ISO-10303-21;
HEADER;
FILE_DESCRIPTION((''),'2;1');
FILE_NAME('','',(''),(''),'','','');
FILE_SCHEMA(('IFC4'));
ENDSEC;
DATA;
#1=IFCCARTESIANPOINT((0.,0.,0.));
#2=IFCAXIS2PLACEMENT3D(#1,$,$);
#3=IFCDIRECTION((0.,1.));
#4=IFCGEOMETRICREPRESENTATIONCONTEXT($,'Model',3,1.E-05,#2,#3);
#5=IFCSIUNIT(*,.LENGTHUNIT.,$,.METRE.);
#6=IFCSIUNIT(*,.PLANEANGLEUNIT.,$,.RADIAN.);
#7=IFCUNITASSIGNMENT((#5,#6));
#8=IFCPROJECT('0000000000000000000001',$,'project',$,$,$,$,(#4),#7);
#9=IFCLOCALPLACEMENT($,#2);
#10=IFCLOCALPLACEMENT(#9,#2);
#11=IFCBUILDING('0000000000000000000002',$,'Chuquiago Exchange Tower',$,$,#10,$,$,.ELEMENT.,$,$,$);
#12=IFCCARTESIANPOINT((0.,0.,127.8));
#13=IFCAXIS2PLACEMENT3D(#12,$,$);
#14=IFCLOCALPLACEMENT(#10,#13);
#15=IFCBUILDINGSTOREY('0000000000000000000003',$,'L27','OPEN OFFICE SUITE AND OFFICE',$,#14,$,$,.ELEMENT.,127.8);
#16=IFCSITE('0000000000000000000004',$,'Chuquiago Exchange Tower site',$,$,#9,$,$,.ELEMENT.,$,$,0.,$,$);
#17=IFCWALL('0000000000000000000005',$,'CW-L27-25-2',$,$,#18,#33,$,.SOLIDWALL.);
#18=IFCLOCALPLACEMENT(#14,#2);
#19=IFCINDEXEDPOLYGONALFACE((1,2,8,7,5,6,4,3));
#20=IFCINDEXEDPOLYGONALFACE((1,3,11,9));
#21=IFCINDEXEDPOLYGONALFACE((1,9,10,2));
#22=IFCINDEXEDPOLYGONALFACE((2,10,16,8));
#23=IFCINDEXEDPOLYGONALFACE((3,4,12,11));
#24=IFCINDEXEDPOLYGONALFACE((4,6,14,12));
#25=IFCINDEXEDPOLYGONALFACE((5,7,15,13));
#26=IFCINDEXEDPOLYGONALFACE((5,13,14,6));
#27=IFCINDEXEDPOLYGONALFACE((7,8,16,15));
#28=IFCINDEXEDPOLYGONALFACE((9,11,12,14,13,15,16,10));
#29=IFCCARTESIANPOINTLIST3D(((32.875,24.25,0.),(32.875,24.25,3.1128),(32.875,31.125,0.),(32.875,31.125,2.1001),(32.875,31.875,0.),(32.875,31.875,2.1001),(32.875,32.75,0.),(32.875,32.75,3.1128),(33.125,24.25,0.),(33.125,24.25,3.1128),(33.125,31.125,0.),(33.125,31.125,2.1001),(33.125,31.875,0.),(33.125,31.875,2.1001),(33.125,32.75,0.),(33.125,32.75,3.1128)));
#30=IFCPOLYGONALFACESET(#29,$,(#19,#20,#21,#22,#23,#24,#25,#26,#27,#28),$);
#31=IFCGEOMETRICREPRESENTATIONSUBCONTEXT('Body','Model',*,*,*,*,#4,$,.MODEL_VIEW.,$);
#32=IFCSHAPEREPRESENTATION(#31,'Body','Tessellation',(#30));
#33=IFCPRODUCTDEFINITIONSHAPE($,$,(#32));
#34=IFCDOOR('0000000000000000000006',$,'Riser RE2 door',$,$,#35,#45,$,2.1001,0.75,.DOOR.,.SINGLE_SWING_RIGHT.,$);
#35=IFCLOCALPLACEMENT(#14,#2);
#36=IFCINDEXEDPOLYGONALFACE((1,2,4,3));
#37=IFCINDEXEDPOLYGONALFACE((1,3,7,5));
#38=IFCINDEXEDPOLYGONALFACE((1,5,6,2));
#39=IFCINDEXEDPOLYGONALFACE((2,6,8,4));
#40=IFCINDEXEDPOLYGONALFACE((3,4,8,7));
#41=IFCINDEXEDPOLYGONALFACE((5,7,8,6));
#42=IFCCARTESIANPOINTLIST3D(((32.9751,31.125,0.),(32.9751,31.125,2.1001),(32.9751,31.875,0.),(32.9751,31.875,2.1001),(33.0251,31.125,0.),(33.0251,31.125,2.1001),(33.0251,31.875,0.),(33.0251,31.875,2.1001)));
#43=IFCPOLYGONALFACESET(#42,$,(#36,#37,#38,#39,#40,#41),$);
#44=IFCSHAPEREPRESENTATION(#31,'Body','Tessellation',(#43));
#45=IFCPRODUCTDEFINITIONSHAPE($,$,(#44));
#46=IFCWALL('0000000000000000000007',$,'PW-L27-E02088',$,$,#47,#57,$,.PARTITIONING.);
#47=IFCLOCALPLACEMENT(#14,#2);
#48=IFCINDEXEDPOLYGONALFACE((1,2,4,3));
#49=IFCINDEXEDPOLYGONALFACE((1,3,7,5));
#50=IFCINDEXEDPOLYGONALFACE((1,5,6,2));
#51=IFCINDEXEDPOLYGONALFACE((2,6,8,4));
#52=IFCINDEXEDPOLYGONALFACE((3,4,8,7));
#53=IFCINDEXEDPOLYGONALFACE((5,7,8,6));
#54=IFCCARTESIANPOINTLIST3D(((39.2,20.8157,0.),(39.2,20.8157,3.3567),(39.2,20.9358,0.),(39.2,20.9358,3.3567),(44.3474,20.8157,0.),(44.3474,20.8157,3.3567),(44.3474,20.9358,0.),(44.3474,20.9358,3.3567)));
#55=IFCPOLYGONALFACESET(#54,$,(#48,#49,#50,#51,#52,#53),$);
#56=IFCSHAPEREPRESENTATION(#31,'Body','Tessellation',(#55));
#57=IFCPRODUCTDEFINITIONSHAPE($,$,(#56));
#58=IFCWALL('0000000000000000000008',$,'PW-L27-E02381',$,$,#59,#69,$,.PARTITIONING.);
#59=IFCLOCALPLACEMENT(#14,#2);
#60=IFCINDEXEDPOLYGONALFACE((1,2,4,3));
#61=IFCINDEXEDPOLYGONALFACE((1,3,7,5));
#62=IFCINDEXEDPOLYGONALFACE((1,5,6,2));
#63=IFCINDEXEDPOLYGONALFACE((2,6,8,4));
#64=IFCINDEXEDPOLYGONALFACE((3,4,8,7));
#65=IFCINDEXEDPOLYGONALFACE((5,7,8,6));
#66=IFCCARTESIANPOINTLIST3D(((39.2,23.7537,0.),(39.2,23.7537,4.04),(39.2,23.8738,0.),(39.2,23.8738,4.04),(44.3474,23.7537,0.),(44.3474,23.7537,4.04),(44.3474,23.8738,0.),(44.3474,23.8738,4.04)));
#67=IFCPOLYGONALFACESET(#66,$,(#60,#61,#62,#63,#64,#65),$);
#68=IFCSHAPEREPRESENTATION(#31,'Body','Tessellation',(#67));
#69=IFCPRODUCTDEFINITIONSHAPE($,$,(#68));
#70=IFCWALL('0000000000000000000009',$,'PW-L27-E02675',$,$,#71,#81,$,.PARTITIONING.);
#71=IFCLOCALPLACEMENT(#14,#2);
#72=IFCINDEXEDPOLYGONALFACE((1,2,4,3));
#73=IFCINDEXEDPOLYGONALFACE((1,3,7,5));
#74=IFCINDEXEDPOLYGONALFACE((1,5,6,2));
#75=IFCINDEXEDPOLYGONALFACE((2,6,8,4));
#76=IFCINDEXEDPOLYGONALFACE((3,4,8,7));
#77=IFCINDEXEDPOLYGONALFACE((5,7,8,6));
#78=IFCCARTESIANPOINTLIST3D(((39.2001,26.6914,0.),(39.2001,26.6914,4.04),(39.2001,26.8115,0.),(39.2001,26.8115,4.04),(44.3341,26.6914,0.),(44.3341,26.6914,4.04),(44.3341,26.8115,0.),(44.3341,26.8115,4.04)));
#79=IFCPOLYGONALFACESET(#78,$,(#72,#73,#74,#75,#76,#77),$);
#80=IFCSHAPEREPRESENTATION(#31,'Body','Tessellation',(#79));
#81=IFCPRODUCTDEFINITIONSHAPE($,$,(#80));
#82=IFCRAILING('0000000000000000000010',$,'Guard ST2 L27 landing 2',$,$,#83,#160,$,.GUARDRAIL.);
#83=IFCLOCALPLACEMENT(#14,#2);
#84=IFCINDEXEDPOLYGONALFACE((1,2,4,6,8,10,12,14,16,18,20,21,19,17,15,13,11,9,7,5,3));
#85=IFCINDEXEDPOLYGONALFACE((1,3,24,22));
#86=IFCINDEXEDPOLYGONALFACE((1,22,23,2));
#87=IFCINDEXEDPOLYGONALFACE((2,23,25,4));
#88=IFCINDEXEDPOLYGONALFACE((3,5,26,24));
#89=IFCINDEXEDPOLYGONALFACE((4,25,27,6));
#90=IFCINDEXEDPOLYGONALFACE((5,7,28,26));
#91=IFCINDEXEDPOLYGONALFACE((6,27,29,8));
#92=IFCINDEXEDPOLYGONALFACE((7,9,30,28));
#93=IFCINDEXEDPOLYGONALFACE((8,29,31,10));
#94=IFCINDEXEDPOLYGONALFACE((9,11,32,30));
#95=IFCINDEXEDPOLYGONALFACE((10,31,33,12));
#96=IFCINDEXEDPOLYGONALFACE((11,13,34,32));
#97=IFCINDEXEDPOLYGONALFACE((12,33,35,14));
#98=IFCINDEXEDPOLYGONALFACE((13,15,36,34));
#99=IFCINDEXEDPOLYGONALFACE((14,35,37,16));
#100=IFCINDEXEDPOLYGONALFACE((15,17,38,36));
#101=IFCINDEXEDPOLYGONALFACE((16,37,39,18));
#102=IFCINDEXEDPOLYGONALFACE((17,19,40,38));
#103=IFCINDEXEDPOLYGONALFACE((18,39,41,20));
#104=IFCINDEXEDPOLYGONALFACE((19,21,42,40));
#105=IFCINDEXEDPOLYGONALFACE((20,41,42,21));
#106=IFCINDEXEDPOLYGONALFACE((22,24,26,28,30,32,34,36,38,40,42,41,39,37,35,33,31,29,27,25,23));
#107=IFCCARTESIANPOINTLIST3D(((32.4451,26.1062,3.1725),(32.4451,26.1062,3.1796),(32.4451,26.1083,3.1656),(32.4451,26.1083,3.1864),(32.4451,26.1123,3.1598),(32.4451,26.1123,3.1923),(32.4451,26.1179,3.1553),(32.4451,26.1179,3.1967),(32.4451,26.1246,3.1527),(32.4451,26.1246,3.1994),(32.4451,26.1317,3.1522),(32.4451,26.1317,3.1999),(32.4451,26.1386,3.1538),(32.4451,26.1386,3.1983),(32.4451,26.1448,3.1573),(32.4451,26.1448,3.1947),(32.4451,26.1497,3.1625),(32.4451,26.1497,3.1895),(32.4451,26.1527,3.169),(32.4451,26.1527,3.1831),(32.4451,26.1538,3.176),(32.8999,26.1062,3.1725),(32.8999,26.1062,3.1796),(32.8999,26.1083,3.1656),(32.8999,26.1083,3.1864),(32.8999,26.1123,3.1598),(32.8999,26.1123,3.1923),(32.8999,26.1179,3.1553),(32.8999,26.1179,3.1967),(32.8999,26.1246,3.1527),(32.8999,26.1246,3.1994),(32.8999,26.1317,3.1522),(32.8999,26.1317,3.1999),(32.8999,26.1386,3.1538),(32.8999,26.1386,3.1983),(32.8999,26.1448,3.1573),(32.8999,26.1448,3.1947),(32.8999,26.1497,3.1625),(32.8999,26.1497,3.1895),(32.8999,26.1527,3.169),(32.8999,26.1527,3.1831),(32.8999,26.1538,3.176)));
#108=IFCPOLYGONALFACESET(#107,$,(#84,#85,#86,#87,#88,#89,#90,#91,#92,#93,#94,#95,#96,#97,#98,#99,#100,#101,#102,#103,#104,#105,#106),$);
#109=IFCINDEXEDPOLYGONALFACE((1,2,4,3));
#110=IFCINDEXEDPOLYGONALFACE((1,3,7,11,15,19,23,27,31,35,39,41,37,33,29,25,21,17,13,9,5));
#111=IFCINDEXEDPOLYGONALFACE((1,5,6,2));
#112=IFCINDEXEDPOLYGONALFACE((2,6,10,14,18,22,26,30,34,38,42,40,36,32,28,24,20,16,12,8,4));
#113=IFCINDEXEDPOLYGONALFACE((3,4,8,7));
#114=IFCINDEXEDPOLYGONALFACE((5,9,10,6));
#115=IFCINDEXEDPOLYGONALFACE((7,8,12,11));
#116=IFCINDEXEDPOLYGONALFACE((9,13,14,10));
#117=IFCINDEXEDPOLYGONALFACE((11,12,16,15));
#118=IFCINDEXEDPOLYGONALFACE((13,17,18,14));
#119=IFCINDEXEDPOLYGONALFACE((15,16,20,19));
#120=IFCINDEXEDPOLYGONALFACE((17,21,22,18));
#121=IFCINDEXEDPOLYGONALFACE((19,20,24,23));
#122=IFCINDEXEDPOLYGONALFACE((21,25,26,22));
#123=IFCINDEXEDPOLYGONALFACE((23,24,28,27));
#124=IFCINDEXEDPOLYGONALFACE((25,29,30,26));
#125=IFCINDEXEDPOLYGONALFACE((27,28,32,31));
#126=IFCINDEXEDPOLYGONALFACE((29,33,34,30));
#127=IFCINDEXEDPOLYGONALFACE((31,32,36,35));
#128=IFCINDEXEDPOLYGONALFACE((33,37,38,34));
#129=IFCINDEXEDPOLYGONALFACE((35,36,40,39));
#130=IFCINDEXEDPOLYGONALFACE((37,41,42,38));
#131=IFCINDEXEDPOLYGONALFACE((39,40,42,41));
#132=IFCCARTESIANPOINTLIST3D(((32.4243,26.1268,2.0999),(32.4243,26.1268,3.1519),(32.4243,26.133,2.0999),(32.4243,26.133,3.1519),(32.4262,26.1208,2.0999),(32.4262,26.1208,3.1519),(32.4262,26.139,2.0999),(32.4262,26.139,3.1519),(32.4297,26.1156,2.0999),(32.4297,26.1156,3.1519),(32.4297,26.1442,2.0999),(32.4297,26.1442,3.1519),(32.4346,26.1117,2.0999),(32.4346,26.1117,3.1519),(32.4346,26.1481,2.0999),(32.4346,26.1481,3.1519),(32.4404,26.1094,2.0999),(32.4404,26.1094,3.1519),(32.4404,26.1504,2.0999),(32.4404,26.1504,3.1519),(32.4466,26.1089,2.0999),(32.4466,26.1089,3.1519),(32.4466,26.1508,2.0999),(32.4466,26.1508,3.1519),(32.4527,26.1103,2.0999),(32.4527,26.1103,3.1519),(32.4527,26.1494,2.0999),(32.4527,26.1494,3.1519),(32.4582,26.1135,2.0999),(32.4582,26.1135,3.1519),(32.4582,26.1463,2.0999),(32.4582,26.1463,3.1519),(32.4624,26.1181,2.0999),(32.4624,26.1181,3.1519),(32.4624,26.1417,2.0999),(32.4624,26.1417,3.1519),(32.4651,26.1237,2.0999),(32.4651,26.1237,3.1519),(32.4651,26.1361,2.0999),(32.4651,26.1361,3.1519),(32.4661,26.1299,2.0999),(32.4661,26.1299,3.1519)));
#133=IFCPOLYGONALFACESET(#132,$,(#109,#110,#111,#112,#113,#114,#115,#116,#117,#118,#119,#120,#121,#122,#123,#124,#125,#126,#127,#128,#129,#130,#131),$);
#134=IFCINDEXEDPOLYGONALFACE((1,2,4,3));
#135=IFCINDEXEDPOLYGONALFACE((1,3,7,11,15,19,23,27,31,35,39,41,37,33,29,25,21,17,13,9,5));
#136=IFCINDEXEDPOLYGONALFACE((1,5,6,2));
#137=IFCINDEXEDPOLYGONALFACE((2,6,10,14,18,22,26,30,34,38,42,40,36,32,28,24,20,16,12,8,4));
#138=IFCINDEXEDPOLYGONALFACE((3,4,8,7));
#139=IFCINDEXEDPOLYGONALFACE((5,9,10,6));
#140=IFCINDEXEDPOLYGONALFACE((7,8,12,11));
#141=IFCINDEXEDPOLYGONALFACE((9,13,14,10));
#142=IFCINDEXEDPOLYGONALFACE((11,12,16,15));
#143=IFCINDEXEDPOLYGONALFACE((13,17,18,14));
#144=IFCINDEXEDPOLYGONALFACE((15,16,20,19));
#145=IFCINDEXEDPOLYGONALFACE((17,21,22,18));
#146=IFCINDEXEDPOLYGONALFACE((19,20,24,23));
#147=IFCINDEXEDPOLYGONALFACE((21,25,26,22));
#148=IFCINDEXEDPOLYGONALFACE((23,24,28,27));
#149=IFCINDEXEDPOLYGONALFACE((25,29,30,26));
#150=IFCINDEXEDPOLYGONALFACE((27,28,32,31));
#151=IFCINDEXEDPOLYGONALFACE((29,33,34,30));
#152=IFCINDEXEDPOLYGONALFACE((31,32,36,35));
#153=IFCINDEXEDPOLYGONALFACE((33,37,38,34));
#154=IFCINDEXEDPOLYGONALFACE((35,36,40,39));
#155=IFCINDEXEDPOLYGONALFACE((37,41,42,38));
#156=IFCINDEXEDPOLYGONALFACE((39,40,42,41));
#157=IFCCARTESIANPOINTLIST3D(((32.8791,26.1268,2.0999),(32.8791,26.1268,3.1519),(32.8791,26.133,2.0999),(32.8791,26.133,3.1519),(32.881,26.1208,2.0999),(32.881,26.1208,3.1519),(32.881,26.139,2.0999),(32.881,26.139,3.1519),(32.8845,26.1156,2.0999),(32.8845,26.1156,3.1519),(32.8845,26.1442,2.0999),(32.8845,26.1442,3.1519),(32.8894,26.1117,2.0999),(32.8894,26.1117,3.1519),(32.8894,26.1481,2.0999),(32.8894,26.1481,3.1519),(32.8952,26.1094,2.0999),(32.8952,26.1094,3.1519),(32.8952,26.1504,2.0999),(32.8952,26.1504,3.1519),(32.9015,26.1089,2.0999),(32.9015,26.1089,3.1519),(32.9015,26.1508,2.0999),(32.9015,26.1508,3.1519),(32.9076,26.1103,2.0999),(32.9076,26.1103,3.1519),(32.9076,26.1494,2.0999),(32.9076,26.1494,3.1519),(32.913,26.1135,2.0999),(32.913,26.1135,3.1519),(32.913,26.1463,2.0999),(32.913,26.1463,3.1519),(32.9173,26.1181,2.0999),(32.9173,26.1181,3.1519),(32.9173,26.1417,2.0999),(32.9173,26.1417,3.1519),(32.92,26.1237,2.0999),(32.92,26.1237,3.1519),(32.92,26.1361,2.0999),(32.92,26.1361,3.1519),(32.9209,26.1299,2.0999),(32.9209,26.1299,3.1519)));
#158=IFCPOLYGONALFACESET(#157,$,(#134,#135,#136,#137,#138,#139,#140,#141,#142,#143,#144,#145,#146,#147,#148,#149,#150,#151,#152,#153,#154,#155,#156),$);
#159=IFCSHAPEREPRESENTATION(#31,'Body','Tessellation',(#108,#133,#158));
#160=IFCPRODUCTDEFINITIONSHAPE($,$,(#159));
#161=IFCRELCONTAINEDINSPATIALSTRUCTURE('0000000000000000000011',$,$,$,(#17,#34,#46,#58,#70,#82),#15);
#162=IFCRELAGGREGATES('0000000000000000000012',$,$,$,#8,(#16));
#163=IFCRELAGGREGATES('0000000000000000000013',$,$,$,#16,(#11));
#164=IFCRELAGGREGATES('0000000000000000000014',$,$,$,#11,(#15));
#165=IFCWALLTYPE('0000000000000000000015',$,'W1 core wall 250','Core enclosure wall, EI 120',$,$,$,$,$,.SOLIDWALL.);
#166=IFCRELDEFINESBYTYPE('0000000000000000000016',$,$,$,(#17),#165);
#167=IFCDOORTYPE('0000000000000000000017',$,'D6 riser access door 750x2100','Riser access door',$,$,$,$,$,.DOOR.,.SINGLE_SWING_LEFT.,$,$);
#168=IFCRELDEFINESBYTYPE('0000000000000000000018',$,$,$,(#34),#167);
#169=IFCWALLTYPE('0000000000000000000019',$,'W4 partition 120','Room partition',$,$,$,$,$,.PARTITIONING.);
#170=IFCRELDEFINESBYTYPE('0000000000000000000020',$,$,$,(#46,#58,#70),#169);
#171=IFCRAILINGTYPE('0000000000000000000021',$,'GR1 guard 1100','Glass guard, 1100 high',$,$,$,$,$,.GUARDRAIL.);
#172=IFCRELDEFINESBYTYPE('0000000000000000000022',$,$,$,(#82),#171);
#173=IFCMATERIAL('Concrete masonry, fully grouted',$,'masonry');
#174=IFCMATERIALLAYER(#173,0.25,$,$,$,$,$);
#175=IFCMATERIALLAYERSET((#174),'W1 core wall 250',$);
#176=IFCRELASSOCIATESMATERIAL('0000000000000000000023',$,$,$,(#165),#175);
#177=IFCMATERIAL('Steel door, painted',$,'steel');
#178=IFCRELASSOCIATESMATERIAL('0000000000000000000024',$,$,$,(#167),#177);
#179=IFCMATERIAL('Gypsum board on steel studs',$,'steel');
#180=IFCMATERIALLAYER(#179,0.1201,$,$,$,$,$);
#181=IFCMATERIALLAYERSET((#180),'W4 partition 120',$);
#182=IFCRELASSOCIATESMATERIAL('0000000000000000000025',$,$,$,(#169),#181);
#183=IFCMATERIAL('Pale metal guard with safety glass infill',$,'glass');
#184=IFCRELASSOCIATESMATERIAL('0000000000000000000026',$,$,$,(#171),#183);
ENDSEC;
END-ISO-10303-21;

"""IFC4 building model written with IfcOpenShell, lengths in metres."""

from ifc_helpers import new_model, si_unit, direction, frame, frame_2d, origin, origin_2d, place, context, subcontext, project, spatial, rectangle, circle, extrude, material, layer, layer_set, type_object, element, fill, save


model = new_model("IFC4")

# Units and contexts
model_context = context("Model", 3, precision=1e-05, world=origin(), true_north=direction((0.0, 1.0)))
body_context = subcontext(model_context, "Body", "Model", "MODEL_VIEW")
ifc_project = project(units=[si_unit("LENGTHUNIT", "METRE"), si_unit("PLANEANGLEUNIT", "RADIAN")], contexts=[model_context])

# Site, building, storey
site_placement = place(None, origin())
site = spatial("IfcSite", under=ifc_project, at=site_placement, Name="Chuquiago Exchange Tower site", CompositionType="ELEMENT", RefElevation=0.0)
building_placement = place(site_placement, origin())
building = spatial("IfcBuilding", under=site, at=building_placement, Name="Chuquiago Exchange Tower", CompositionType="ELEMENT")
storey_placement = place(building_placement, frame((0.0, 0.0, 127.8)))
storey = spatial("IfcBuildingStorey", under=building, at=storey_placement, Name="L27", Description="OPEN OFFICE SUITE AND OFFICE", CompositionType="ELEMENT", Elevation=127.8)

# Shared definitions
ifc_material_1 = material(Name="Concrete masonry, fully grouted", Category="masonry")
ifc_layer_1 = layer(ifc_material_1, 0.25)
ifc_layer_set_1 = layer_set([ifc_layer_1], Name="W1 core wall 250")
wall_type_1 = type_object("IfcWallType", Name="W1 core wall 250", Description="Core enclosure wall, EI 120", PredefinedType="SOLIDWALL", material=ifc_layer_set_1)

# Wall, opening, door
wall_1_placement = place(storey_placement, frame((33.0, 24.25, 0.0), z_axis=(0.0, 0.0, 1.0), x_axis=(0.0, 1.0, 0.0)))
wall_1 = element("IfcWall", 1, at=wall_1_placement, inside=storey, type_object=wall_type_1, Name="CW-L27-25-2", PredefinedType="SOLIDWALL", context=body_context, shape_type="SweptSolid", body=[
    extrude(rectangle(XDim=8.5, YDim=0.25, at=frame_2d((4.25, 0.0))), origin(), (0.0, 0.0, 1.0), 3.1128),
])
opening_1_placement = place(wall_1_placement, frame((6.875, 0.0, 0.0)))
opening_1 = element("IfcOpeningElement", 2, at=opening_1_placement, cuts=wall_1, PredefinedType="OPENING", context=body_context, shape_type="SweptSolid", body=[
    extrude(rectangle(XDim=0.75, YDim=2.1001, at=frame_2d((0.375, 1.05))), frame((0.0, 0.135, 0.0), z_axis=(0.0, -1.0, 0.0), x_axis=(1.0, 0.0, 0.0)), (0.0, 0.0, 1.0), 0.27),
])
ifc_material_2 = material(Name="Steel door, painted", Category="steel")
door_type_1 = type_object("IfcDoorType", Name="D6 riser access door 750x2100", Description="Riser access door", OperationType="SINGLE_SWING_LEFT", PredefinedType="DOOR", material=ifc_material_2)
door_1_placement = place(opening_1_placement, origin())
door_1 = element("IfcDoor", 3, at=door_1_placement, inside=storey, type_object=door_type_1, Name="Riser RE2 door", OperationType="SINGLE_SWING_RIGHT", OverallHeight=2.1001, OverallWidth=0.75, PredefinedType="DOOR", context=body_context, shape_type="SweptSolid", body=[
    extrude(rectangle(XDim=0.75, YDim=2.1001, at=frame_2d((0.375, 1.05))), frame((0.0, 0.0249, 0.0), z_axis=(0.0, -1.0, 0.0), x_axis=(1.0, 0.0, 0.0)), (0.0, 0.0, 1.0), 0.05),
])
fill(opening_1, door_1)

# Walls
ifc_material_3 = material(Name="Gypsum board on steel studs", Category="steel")
ifc_layer_2 = layer(ifc_material_3, 0.1201)
ifc_layer_set_2 = layer_set([ifc_layer_2], Name="W4 partition 120")
wall_type_2 = type_object("IfcWallType", Name="W4 partition 120", Description="Room partition", PredefinedType="PARTITIONING", material=ifc_layer_set_2)
wall_2_placement = place(storey_placement, frame((44.3474, 20.8757, 0.0), z_axis=(0.0, 0.0, 1.0), x_axis=(-1.0, 0.0, 0.0)))
element("IfcWall", 4, at=wall_2_placement, inside=storey, type_object=wall_type_2, Name="PW-L27-E02088", PredefinedType="PARTITIONING", context=body_context, shape_type="SweptSolid", body=[
    extrude(rectangle(XDim=5.1475, YDim=0.1201, at=frame_2d((2.5737, 0.0))), origin(), (0.0, 0.0, 1.0), 3.3567),
])
wall_3_placement = place(storey_placement, frame((44.3474, 23.8137, 0.0), z_axis=(0.0, 0.0, 1.0), x_axis=(-1.0, 0.0, 0.0)))
element("IfcWall", 5, at=wall_3_placement, inside=storey, type_object=wall_type_2, Name="PW-L27-E02381", PredefinedType="PARTITIONING", context=body_context, shape_type="SweptSolid", body=[
    extrude(rectangle(XDim=5.1475, YDim=0.1201, at=frame_2d((2.5737, 0.0))), origin(), (0.0, 0.0, 1.0), 4.04),
])
wall_4_placement = place(storey_placement, frame((44.334, 26.7515, 0.0), z_axis=(0.0, 0.0, 1.0), x_axis=(-1.0, 0.0, 0.0)))
element("IfcWall", 6, at=wall_4_placement, inside=storey, type_object=wall_type_2, Name="PW-L27-E02675", PredefinedType="PARTITIONING", context=body_context, shape_type="SweptSolid", body=[
    extrude(rectangle(XDim=5.134, YDim=0.1201, at=frame_2d((2.5669, 0.0))), origin(), (0.0, 0.0, 1.0), 4.04),
])

# Railing
ifc_material_4 = material(Name="Pale metal guard with safety glass infill", Category="glass")
railing_type_1 = type_object("IfcRailingType", Name="GR1 guard 1100", Description="Glass guard, 1100 high", PredefinedType="GUARDRAIL", material=ifc_material_4)
railing_1_placement = place(storey_placement, frame((32.4451, 26.1299, 2.0999)))
element("IfcRailing", 7, at=railing_1_placement, inside=storey, type_object=railing_type_1, Name="Guard ST2 L27 landing 2", PredefinedType="GUARDRAIL", context=body_context, shape_type="SweptSolid", body=[
    extrude(circle(Radius=0.0239, at=origin_2d()), frame((0.0, 0.0, 1.0762), z_axis=(1.0, 0.0, 0.0), x_axis=(0.0, 1.0, 0.0)), (0.0, 0.0, 1.0), 0.4548),
    extrude(circle(Radius=0.021, at=origin_2d()), origin(), (0.0, 0.0, 1.0), 1.052),
    extrude(circle(Radius=0.021, at=origin_2d()), frame((0.4548, 0.0, 0.0)), (0.0, 0.0, 1.0), 1.052),
])

save(model, "model.ifc")
